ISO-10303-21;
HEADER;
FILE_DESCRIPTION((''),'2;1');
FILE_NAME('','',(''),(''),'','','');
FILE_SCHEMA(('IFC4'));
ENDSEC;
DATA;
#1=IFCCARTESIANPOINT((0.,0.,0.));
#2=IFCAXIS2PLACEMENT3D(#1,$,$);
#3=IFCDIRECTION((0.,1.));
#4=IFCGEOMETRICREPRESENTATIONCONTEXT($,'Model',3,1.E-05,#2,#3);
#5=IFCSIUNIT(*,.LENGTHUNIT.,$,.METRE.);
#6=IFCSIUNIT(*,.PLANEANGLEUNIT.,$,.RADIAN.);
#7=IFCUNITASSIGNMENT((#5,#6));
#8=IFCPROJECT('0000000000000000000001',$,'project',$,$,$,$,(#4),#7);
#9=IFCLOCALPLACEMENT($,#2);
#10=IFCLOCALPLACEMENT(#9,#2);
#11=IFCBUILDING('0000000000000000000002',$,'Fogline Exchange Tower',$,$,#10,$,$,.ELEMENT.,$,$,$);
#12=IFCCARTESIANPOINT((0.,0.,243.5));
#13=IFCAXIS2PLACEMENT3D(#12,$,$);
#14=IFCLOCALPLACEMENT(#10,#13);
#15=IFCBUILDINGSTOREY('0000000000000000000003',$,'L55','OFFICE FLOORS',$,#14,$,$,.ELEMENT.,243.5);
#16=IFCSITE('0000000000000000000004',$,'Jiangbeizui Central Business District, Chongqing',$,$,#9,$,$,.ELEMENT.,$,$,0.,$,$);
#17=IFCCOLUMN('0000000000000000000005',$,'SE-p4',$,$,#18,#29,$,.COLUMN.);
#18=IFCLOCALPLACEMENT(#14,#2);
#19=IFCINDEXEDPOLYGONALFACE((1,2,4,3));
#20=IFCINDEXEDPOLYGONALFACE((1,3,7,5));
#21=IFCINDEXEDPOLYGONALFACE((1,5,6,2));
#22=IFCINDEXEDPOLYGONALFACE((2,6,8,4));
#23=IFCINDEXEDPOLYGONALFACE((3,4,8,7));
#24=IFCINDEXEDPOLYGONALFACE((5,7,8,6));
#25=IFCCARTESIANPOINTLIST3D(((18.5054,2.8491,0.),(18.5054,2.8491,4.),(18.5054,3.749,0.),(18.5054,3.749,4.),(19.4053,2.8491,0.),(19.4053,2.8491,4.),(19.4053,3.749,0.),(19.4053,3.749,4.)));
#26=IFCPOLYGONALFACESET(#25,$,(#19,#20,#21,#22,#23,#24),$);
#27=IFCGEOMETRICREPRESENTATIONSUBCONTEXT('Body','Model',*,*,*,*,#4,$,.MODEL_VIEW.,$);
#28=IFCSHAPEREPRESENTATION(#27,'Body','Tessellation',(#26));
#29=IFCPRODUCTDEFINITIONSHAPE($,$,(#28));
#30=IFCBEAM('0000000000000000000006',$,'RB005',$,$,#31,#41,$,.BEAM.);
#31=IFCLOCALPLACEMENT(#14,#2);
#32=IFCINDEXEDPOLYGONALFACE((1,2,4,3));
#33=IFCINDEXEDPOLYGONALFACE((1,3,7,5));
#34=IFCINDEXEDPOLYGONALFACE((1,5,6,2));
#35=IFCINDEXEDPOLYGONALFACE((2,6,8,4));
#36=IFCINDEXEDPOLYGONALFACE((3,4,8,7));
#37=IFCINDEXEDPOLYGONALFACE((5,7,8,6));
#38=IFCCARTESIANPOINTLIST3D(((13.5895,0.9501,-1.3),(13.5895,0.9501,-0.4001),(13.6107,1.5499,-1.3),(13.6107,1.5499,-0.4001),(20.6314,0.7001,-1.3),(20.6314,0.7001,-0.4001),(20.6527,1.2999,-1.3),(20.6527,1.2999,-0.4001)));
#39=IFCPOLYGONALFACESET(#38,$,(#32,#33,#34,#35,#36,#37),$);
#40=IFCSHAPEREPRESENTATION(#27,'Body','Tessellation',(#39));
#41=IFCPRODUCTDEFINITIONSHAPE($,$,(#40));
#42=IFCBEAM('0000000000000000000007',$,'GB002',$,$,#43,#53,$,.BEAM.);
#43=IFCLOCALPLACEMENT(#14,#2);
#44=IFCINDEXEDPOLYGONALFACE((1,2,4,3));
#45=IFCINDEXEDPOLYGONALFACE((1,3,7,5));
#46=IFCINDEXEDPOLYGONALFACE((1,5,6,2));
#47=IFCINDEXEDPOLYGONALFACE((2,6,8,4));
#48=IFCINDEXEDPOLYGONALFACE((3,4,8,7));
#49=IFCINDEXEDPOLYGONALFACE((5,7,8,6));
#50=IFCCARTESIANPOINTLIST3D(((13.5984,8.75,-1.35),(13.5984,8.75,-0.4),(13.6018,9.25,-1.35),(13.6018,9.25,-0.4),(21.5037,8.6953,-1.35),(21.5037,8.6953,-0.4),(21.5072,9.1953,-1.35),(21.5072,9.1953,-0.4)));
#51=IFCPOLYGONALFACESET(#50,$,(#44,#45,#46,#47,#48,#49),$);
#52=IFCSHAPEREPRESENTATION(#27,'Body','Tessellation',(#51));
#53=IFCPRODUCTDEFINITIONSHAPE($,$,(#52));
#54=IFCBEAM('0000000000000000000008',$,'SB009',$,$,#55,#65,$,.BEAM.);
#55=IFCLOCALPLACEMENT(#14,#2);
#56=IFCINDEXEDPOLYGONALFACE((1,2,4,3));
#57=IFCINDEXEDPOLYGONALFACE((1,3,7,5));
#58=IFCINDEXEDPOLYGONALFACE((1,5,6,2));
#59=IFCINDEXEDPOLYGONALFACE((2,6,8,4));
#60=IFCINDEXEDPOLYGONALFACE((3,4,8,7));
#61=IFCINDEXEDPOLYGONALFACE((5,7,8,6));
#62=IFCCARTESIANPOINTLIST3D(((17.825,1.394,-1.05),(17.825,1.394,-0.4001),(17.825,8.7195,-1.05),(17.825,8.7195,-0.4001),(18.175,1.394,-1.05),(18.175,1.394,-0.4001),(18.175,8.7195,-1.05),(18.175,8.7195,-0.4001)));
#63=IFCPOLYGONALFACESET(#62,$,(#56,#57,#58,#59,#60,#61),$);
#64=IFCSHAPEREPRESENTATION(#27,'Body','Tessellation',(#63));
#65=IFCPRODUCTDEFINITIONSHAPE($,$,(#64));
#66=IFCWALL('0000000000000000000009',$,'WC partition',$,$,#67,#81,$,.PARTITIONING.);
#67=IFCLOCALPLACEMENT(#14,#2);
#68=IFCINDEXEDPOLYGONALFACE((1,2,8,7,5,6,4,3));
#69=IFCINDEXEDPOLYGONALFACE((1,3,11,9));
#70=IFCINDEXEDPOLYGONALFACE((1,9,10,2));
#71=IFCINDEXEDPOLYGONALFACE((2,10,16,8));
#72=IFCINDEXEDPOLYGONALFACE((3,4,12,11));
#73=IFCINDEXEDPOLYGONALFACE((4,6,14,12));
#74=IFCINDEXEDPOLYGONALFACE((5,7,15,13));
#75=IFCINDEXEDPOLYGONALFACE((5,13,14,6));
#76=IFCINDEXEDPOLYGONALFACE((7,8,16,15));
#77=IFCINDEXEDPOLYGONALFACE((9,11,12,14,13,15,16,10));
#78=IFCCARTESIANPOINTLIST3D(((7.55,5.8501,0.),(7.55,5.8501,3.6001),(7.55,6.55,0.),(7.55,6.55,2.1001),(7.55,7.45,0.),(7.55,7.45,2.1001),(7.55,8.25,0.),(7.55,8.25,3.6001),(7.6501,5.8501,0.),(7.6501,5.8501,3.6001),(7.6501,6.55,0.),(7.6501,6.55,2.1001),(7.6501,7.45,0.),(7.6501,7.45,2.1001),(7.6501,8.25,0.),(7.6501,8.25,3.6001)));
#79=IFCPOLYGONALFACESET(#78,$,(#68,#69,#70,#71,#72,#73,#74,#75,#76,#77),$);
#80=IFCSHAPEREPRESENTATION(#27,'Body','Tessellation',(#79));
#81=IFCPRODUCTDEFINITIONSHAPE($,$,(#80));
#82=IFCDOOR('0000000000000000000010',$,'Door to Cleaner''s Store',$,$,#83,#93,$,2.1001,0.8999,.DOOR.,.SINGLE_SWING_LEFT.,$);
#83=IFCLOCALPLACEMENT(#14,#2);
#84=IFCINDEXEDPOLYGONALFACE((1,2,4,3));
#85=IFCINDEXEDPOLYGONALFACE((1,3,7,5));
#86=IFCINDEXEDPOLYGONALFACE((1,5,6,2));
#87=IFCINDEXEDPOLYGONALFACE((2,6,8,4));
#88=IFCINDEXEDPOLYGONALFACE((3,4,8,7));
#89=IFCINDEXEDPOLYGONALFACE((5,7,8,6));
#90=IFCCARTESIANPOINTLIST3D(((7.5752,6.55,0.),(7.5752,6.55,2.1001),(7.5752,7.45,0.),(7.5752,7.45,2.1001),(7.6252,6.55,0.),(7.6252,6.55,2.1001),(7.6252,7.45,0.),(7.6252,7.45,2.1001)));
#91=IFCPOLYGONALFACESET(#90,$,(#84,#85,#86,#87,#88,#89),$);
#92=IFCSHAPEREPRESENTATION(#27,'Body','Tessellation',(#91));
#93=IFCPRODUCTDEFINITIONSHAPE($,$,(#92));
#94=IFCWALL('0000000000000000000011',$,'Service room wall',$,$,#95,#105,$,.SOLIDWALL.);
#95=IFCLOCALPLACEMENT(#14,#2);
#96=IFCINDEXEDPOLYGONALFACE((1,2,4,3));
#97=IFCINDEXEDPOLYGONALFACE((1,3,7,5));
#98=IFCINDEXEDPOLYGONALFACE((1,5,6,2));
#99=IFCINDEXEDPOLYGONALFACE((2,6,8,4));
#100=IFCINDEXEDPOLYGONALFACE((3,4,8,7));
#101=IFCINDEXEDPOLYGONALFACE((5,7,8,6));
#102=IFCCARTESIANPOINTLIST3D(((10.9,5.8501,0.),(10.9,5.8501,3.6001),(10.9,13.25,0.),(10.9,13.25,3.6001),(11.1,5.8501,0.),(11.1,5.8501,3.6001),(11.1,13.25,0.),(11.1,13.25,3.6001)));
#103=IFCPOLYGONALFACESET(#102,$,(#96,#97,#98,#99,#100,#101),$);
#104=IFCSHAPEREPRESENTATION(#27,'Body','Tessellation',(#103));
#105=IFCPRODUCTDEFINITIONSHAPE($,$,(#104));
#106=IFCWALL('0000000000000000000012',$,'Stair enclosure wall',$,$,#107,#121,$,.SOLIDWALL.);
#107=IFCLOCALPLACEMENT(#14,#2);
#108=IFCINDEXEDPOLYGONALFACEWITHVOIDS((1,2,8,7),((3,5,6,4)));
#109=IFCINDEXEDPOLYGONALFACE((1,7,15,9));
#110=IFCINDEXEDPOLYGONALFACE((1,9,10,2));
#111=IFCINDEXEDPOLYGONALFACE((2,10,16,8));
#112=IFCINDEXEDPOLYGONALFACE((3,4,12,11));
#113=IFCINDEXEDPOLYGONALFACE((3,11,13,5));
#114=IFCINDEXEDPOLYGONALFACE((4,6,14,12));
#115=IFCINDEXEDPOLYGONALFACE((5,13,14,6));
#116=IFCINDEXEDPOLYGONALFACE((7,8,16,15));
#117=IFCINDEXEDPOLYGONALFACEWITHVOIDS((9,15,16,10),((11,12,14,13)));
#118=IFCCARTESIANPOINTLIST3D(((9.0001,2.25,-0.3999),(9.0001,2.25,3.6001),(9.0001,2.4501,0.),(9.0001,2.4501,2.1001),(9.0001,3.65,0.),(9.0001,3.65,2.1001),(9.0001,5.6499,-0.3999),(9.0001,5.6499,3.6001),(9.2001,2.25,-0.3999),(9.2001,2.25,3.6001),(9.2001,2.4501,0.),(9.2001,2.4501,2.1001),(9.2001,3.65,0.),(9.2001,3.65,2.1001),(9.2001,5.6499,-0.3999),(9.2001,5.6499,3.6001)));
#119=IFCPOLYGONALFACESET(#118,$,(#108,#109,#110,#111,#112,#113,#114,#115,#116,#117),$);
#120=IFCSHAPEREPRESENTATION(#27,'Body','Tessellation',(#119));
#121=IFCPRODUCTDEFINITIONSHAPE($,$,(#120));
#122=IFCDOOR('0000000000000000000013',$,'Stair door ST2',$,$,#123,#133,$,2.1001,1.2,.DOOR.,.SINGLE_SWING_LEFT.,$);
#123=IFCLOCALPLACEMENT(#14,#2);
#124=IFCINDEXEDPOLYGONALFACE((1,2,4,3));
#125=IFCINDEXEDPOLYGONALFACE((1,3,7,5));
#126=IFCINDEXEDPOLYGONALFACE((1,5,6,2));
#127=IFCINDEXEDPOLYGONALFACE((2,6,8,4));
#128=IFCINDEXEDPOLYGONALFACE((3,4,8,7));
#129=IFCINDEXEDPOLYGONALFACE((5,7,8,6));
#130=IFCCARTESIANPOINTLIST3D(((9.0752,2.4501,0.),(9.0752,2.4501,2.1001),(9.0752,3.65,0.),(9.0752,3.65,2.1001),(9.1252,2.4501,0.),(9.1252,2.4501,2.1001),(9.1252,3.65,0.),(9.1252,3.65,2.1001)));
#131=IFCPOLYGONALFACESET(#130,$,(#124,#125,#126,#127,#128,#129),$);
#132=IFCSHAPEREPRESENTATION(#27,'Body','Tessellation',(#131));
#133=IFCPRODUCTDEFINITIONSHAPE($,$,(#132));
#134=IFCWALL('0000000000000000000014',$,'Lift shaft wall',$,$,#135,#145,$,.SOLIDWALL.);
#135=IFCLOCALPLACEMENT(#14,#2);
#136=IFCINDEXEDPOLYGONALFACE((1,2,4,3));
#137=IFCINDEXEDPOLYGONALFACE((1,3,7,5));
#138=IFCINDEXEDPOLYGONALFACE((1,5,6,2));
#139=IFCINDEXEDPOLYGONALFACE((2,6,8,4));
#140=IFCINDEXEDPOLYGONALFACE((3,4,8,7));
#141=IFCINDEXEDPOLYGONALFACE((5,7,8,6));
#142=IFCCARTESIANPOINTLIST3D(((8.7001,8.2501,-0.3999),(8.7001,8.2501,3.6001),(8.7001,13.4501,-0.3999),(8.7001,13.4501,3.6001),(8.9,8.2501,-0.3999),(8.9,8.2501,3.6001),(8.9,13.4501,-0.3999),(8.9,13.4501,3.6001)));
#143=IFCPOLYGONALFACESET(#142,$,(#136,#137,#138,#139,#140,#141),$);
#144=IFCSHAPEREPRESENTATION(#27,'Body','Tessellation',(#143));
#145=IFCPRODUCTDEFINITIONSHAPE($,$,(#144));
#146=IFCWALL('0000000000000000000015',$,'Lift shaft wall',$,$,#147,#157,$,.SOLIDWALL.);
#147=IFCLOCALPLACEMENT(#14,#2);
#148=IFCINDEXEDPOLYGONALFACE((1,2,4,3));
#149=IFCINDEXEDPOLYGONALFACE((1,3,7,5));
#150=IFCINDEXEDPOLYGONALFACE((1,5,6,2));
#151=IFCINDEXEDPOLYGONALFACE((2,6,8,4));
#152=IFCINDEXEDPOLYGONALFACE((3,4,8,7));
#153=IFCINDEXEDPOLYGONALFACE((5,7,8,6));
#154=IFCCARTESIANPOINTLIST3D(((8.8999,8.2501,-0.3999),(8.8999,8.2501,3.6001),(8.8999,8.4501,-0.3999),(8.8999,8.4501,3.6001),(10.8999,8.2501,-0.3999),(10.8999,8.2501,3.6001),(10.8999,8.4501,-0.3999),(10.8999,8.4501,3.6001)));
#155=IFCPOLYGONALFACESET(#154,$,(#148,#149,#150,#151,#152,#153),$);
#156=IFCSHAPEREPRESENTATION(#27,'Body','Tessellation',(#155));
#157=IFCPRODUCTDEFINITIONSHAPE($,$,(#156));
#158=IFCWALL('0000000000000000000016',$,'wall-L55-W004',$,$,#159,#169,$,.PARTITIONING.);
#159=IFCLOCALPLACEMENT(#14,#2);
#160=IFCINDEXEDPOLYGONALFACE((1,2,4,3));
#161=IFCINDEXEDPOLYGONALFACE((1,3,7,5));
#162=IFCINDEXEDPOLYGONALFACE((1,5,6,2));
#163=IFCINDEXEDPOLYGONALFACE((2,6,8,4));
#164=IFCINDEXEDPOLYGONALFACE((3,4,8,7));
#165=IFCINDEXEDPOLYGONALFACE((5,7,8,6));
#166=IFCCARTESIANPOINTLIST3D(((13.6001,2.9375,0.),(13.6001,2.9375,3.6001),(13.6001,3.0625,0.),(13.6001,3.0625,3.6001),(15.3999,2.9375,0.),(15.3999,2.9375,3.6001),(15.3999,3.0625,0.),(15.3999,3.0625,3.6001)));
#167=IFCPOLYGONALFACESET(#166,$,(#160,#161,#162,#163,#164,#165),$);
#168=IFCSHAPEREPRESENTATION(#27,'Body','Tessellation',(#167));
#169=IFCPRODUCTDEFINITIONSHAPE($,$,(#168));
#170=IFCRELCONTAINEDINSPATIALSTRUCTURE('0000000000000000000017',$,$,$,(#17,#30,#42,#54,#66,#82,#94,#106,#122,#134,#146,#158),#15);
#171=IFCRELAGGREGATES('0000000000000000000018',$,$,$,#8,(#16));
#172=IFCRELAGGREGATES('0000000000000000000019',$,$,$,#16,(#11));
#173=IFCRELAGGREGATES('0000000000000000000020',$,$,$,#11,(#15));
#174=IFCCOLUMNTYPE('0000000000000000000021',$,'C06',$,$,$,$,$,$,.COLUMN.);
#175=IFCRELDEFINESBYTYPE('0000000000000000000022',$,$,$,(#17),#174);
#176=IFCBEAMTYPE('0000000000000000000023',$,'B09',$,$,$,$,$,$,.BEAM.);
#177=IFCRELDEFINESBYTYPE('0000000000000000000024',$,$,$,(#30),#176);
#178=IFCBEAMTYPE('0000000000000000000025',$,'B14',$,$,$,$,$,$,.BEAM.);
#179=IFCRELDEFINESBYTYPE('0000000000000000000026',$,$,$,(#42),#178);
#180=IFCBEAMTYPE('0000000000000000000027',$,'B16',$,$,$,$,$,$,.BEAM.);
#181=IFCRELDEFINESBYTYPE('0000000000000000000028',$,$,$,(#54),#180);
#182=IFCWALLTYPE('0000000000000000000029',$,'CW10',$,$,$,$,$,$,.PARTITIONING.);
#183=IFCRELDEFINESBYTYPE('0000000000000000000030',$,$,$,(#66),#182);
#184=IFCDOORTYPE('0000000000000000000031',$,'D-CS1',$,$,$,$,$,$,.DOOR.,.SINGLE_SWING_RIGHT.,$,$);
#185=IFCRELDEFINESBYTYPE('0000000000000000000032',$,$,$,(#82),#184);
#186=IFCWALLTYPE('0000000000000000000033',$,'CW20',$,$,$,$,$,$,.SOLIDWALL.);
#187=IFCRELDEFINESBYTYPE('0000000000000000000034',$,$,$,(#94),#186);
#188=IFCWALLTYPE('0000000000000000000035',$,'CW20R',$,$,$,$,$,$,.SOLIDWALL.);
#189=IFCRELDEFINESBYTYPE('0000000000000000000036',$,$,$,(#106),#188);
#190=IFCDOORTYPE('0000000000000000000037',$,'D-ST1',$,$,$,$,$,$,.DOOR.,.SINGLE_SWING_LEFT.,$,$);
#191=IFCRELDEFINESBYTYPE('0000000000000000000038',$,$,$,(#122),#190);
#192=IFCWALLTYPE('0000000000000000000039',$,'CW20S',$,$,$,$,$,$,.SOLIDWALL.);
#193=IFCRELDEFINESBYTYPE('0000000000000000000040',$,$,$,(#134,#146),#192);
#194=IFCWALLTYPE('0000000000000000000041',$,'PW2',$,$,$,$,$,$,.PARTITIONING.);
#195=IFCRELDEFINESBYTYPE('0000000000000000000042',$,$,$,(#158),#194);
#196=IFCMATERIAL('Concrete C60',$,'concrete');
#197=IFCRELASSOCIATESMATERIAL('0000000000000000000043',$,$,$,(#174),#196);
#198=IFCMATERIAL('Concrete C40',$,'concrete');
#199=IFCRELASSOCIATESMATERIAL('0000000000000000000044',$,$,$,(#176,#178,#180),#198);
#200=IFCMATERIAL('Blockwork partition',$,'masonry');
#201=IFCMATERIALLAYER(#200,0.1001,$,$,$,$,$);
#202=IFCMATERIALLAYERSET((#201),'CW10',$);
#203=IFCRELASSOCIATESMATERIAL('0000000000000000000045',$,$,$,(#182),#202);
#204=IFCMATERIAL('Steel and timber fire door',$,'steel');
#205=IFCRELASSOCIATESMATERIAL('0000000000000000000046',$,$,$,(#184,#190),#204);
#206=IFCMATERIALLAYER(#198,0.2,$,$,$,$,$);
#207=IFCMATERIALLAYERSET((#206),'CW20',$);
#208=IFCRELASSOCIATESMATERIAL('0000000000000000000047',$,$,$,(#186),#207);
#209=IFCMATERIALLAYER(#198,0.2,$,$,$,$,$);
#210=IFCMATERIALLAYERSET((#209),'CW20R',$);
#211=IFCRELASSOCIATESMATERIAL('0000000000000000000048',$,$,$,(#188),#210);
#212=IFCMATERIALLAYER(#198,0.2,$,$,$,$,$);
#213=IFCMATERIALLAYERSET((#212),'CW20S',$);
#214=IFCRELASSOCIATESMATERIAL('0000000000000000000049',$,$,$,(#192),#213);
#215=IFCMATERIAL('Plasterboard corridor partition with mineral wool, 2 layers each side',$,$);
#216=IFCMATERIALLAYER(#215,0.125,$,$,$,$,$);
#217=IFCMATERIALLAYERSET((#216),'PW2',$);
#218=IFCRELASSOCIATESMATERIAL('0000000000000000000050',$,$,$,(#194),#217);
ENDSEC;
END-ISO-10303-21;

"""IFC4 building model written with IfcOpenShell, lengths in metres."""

from ifc_helpers import new_model, si_unit, direction, frame, frame_2d, origin, origin_2d, place, context, subcontext, project, spatial, rectangle, extrude, material, layer, layer_set, material_profile, profile_set, type_object, element, fill, save


model = new_model("IFC4")

# Units and contexts
model_context = context("Model", 3, precision=1e-05, world=origin(), true_north=direction((0.0, 1.0)))
body_context = subcontext(model_context, "Body", "Model", "MODEL_VIEW")
ifc_project = project(units=[si_unit("LENGTHUNIT", "METRE"), si_unit("PLANEANGLEUNIT", "RADIAN")], contexts=[model_context])

# Site, building, storey
site_placement = place(None, origin())
site = spatial("IfcSite", under=ifc_project, at=site_placement, Name="Jiangbeizui Central Business District, Chongqing", CompositionType="ELEMENT", RefElevation=0.0)
building_placement = place(site_placement, origin())
building = spatial("IfcBuilding", under=site, at=building_placement, Name="Fogline Exchange Tower", CompositionType="ELEMENT")
storey_placement = place(building_placement, frame((0.0, 0.0, 243.5)))
storey = spatial("IfcBuildingStorey", under=building, at=storey_placement, Name="L55", Description="OFFICE FLOORS", CompositionType="ELEMENT", Elevation=243.5)

# Column
ifc_material_1 = material(Name="Concrete C60", Category="concrete")
ifc_material_profile_1 = material_profile(ifc_material_1, rectangle(XDim=0.8999, YDim=0.8999, at=origin_2d()), Name="RC 900x900")
ifc_profile_set_1 = profile_set([ifc_material_profile_1], Name="Concrete C60")
column_type = type_object("IfcColumnType", Name="C06", PredefinedType="COLUMN", material=ifc_profile_set_1)
column_placement = place(storey_placement, frame((18.9553, 3.2991, 0.0), z_axis=(0.0, 0.0, 1.0), x_axis=(1.0, 0.0, 0.0)))
element("IfcColumn", 1, at=column_placement, inside=storey, type_object=column_type, Name="SE-p4", PredefinedType="COLUMN", context=body_context, shape_type="SweptSolid", body=[
    extrude(rectangle(XDim=0.8999, YDim=0.8999, at=origin_2d()), origin(), (0.0, 0.0, 1.0), 4.0),
])

# Beams
ifc_material_2 = material(Name="Concrete C40", Category="concrete")
ifc_material_profile_2 = material_profile(ifc_material_2, rectangle(XDim=0.6001, YDim=0.8999, at=origin_2d()), Name="RC 600x900")
ifc_profile_set_2 = profile_set([ifc_material_profile_2], Name="Concrete C40")
beam_type_1 = type_object("IfcBeamType", Name="B09", PredefinedType="BEAM", material=ifc_profile_set_2)
beam_1_placement = place(storey_placement, frame((13.6001, 1.25, -0.8501), z_axis=(0.99937, -0.035479, 0.0), x_axis=(0.035479, 0.99937, 0.0)))
element("IfcBeam", 2, at=beam_1_placement, inside=storey, type_object=beam_type_1, Name="RB005", PredefinedType="BEAM", context=body_context, shape_type="SweptSolid", body=[
    extrude(rectangle(XDim=0.6001, YDim=0.8999, at=origin_2d()), origin(), (0.0, 0.0, 1.0), 7.0464),
])
ifc_material_profile_3 = material_profile(ifc_material_2, rectangle(XDim=0.5, YDim=0.95, at=origin_2d()), Name="RC 500x950")
ifc_profile_set_3 = profile_set([ifc_material_profile_3], Name="Concrete C40")
beam_type_2 = type_object("IfcBeamType", Name="B14", PredefinedType="BEAM", material=ifc_profile_set_3)
beam_2_placement = place(storey_placement, frame((13.6001, 9.0, -0.875), z_axis=(0.999976, -0.006918, 0.0), x_axis=(0.006918, 0.999976, 0.0)))
element("IfcBeam", 3, at=beam_2_placement, inside=storey, type_object=beam_type_2, Name="GB002", PredefinedType="BEAM", context=body_context, shape_type="SweptSolid", body=[
    extrude(rectangle(XDim=0.5, YDim=0.95, at=origin_2d()), origin(), (0.0, 0.0, 1.0), 7.9055),
])
ifc_material_profile_4 = material_profile(ifc_material_2, rectangle(XDim=0.3501, YDim=0.6499, at=origin_2d()), Name="RC 350x650")
ifc_profile_set_4 = profile_set([ifc_material_profile_4], Name="Concrete C40")
beam_type_3 = type_object("IfcBeamType", Name="B16", PredefinedType="BEAM", material=ifc_profile_set_4)
beam_3_placement = place(storey_placement, frame((18.0, 1.394, -0.7251), z_axis=(0.0, 1.0, 0.0), x_axis=(-1.0, 0.0, 0.0)))
element("IfcBeam", 4, at=beam_3_placement, inside=storey, type_object=beam_type_3, Name="SB009", PredefinedType="BEAM", context=body_context, shape_type="SweptSolid", body=[
    extrude(rectangle(XDim=0.3501, YDim=0.6499, at=origin_2d()), origin(), (0.0, 0.0, 1.0), 7.3254),
])

# Wall, opening, door
ifc_material_3 = material(Name="Blockwork partition", Category="masonry")
ifc_layer_1 = layer(ifc_material_3, 0.1001)
ifc_layer_set_1 = layer_set([ifc_layer_1], Name="CW10")
wall_type_1 = type_object("IfcWallType", Name="CW10", PredefinedType="PARTITIONING", material=ifc_layer_set_1)
wall_1_placement = place(storey_placement, frame((7.6001, 5.8501, 0.0), z_axis=(0.0, 0.0, 1.0), x_axis=(0.0, 1.0, 0.0)))
wall_1 = element("IfcWall", 5, at=wall_1_placement, inside=storey, type_object=wall_type_1, Name="WC partition", PredefinedType="PARTITIONING", context=body_context, shape_type="SweptSolid", body=[
    extrude(rectangle(XDim=2.3999, YDim=0.1001, at=frame_2d((1.2, 0.0))), origin(), (0.0, 0.0, 1.0), 3.6001),
])
opening_1_placement = place(wall_1_placement, frame((0.7, 0.0, 0.0)))
opening_1 = element("IfcOpeningElement", 6, at=opening_1_placement, cuts=wall_1, PredefinedType="OPENING", context=body_context, shape_type="SweptSolid", body=[
    extrude(rectangle(XDim=0.8999, YDim=2.1001, at=frame_2d((0.45, 1.05))), frame((0.0, 0.0601, 0.0), z_axis=(0.0, -1.0, 0.0), x_axis=(1.0, 0.0, 0.0)), (0.0, 0.0, 1.0), 0.1201),
])
ifc_material_4 = material(Name="Steel and timber fire door", Category="steel")
door_type_1 = type_object("IfcDoorType", Name="D-CS1", OperationType="SINGLE_SWING_RIGHT", PredefinedType="DOOR", material=ifc_material_4)
door_1_placement = place(opening_1_placement, origin())
door_1 = element("IfcDoor", 7, at=door_1_placement, inside=storey, type_object=door_type_1, Name="Door to Cleaner's Store", OperationType="SINGLE_SWING_LEFT", OverallHeight=2.1001, OverallWidth=0.8999, PredefinedType="DOOR", context=body_context, shape_type="SweptSolid", body=[
    extrude(rectangle(XDim=0.8999, YDim=2.1001, at=frame_2d((0.45, 1.05))), frame((0.0, 0.0249, 0.0), z_axis=(0.0, -1.0, 0.0), x_axis=(1.0, 0.0, 0.0)), (0.0, 0.0, 1.0), 0.05),
])
fill(opening_1, door_1)

# Wall
ifc_layer_2 = layer(ifc_material_2, 0.2)
ifc_layer_set_2 = layer_set([ifc_layer_2], Name="CW20")
wall_type_2 = type_object("IfcWallType", Name="CW20", PredefinedType="SOLIDWALL", material=ifc_layer_set_2)
wall_2_placement = place(storey_placement, frame((11.0, 5.8501, 0.0), z_axis=(0.0, 0.0, 1.0), x_axis=(0.0, 1.0, 0.0)))
element("IfcWall", 8, at=wall_2_placement, inside=storey, type_object=wall_type_2, Name="Service room wall", PredefinedType="SOLIDWALL", context=body_context, shape_type="SweptSolid", body=[
    extrude(rectangle(XDim=7.3999, YDim=0.2, at=frame_2d((3.7, 0.0))), origin(), (0.0, 0.0, 1.0), 3.6001),
])

# Wall, opening, door
ifc_layer_3 = layer(ifc_material_2, 0.2)
ifc_layer_set_3 = layer_set([ifc_layer_3], Name="CW20R")
wall_type_3 = type_object("IfcWallType", Name="CW20R", PredefinedType="SOLIDWALL", material=ifc_layer_set_3)
wall_3_placement = place(storey_placement, frame((9.1001, 2.25, -0.3999), z_axis=(0.0, 0.0, 1.0), x_axis=(0.0, 1.0, 0.0)))
wall_3 = element("IfcWall", 9, at=wall_3_placement, inside=storey, type_object=wall_type_3, Name="Stair enclosure wall", PredefinedType="SOLIDWALL", context=body_context, shape_type="SweptSolid", body=[
    extrude(rectangle(XDim=3.3999, YDim=0.2, at=frame_2d((1.7, 0.0))), origin(), (0.0, 0.0, 1.0), 4.0),
])
opening_2_placement = place(wall_3_placement, frame((0.2, 0.0, 0.3999)))
opening_2 = element("IfcOpeningElement", 10, at=opening_2_placement, cuts=wall_3, PredefinedType="OPENING", context=body_context, shape_type="SweptSolid", body=[
    extrude(rectangle(XDim=1.2, YDim=2.1001, at=frame_2d((0.6001, 1.05))), frame((0.0, 0.1099, 0.0), z_axis=(0.0, -1.0, 0.0), x_axis=(1.0, 0.0, 0.0)), (0.0, 0.0, 1.0), 0.22),
])
door_type_2 = type_object("IfcDoorType", Name="D-ST1", OperationType="SINGLE_SWING_LEFT", PredefinedType="DOOR", material=ifc_material_4)
door_2_placement = place(opening_2_placement, origin())
door_2 = element("IfcDoor", 11, at=door_2_placement, inside=storey, type_object=door_type_2, Name="Stair door ST2", OperationType="SINGLE_SWING_LEFT", OverallHeight=2.1001, OverallWidth=1.2, PredefinedType="DOOR", context=body_context, shape_type="SweptSolid", body=[
    extrude(rectangle(XDim=1.2, YDim=2.1001, at=frame_2d((0.6001, 1.05))), frame((0.0, 0.0249, 0.0), z_axis=(0.0, -1.0, 0.0), x_axis=(1.0, 0.0, 0.0)), (0.0, 0.0, 1.0), 0.05),
])
fill(opening_2, door_2)

# Walls
ifc_layer_4 = layer(ifc_material_2, 0.2)
ifc_layer_set_4 = layer_set([ifc_layer_4], Name="CW20S")
wall_type_4 = type_object("IfcWallType", Name="CW20S", PredefinedType="SOLIDWALL", material=ifc_layer_set_4)
wall_4_placement = place(storey_placement, frame((8.8, 8.25, -0.3999), z_axis=(0.0, 0.0, 1.0), x_axis=(0.0, 1.0, 0.0)))
element("IfcWall", 12, at=wall_4_placement, inside=storey, type_object=wall_type_4, Name="Lift shaft wall", PredefinedType="SOLIDWALL", context=body_context, shape_type="SweptSolid", body=[
    extrude(rectangle(XDim=5.2, YDim=0.2, at=frame_2d((2.6001, 0.0))), origin(), (0.0, 0.0, 1.0), 4.0),
])
wall_5_placement = place(storey_placement, frame((8.8999, 8.3501, -0.3999), z_axis=(0.0, 0.0, 1.0), x_axis=(1.0, 0.0, 0.0)))
element("IfcWall", 13, at=wall_5_placement, inside=storey, type_object=wall_type_4, Name="Lift shaft wall", PredefinedType="SOLIDWALL", context=body_context, shape_type="SweptSolid", body=[
    extrude(rectangle(XDim=2.0, YDim=0.2, at=frame_2d((1.0, 0.0))), origin(), (0.0, 0.0, 1.0), 4.0),
])
ifc_material_5 = material(Name="Plasterboard corridor partition with mineral wool, 2 layers each side")
ifc_layer_5 = layer(ifc_material_5, 0.125)
ifc_layer_set_5 = layer_set([ifc_layer_5], Name="PW2")
wall_type_5 = type_object("IfcWallType", Name="PW2", PredefinedType="PARTITIONING", material=ifc_layer_set_5)
wall_6_placement = place(storey_placement, frame((15.3999, 3.0, 0.0), z_axis=(0.0, 0.0, 1.0), x_axis=(-1.0, 0.0, 0.0)))
element("IfcWall", 14, at=wall_6_placement, inside=storey, type_object=wall_type_5, Name="wall-L55-W004", PredefinedType="PARTITIONING", context=body_context, shape_type="SweptSolid", body=[
    extrude(rectangle(XDim=1.7998, YDim=0.125, at=frame_2d((0.8999, 0.0))), origin(), (0.0, 0.0, 1.0), 3.6001),
])

save(model, "model.ifc")
